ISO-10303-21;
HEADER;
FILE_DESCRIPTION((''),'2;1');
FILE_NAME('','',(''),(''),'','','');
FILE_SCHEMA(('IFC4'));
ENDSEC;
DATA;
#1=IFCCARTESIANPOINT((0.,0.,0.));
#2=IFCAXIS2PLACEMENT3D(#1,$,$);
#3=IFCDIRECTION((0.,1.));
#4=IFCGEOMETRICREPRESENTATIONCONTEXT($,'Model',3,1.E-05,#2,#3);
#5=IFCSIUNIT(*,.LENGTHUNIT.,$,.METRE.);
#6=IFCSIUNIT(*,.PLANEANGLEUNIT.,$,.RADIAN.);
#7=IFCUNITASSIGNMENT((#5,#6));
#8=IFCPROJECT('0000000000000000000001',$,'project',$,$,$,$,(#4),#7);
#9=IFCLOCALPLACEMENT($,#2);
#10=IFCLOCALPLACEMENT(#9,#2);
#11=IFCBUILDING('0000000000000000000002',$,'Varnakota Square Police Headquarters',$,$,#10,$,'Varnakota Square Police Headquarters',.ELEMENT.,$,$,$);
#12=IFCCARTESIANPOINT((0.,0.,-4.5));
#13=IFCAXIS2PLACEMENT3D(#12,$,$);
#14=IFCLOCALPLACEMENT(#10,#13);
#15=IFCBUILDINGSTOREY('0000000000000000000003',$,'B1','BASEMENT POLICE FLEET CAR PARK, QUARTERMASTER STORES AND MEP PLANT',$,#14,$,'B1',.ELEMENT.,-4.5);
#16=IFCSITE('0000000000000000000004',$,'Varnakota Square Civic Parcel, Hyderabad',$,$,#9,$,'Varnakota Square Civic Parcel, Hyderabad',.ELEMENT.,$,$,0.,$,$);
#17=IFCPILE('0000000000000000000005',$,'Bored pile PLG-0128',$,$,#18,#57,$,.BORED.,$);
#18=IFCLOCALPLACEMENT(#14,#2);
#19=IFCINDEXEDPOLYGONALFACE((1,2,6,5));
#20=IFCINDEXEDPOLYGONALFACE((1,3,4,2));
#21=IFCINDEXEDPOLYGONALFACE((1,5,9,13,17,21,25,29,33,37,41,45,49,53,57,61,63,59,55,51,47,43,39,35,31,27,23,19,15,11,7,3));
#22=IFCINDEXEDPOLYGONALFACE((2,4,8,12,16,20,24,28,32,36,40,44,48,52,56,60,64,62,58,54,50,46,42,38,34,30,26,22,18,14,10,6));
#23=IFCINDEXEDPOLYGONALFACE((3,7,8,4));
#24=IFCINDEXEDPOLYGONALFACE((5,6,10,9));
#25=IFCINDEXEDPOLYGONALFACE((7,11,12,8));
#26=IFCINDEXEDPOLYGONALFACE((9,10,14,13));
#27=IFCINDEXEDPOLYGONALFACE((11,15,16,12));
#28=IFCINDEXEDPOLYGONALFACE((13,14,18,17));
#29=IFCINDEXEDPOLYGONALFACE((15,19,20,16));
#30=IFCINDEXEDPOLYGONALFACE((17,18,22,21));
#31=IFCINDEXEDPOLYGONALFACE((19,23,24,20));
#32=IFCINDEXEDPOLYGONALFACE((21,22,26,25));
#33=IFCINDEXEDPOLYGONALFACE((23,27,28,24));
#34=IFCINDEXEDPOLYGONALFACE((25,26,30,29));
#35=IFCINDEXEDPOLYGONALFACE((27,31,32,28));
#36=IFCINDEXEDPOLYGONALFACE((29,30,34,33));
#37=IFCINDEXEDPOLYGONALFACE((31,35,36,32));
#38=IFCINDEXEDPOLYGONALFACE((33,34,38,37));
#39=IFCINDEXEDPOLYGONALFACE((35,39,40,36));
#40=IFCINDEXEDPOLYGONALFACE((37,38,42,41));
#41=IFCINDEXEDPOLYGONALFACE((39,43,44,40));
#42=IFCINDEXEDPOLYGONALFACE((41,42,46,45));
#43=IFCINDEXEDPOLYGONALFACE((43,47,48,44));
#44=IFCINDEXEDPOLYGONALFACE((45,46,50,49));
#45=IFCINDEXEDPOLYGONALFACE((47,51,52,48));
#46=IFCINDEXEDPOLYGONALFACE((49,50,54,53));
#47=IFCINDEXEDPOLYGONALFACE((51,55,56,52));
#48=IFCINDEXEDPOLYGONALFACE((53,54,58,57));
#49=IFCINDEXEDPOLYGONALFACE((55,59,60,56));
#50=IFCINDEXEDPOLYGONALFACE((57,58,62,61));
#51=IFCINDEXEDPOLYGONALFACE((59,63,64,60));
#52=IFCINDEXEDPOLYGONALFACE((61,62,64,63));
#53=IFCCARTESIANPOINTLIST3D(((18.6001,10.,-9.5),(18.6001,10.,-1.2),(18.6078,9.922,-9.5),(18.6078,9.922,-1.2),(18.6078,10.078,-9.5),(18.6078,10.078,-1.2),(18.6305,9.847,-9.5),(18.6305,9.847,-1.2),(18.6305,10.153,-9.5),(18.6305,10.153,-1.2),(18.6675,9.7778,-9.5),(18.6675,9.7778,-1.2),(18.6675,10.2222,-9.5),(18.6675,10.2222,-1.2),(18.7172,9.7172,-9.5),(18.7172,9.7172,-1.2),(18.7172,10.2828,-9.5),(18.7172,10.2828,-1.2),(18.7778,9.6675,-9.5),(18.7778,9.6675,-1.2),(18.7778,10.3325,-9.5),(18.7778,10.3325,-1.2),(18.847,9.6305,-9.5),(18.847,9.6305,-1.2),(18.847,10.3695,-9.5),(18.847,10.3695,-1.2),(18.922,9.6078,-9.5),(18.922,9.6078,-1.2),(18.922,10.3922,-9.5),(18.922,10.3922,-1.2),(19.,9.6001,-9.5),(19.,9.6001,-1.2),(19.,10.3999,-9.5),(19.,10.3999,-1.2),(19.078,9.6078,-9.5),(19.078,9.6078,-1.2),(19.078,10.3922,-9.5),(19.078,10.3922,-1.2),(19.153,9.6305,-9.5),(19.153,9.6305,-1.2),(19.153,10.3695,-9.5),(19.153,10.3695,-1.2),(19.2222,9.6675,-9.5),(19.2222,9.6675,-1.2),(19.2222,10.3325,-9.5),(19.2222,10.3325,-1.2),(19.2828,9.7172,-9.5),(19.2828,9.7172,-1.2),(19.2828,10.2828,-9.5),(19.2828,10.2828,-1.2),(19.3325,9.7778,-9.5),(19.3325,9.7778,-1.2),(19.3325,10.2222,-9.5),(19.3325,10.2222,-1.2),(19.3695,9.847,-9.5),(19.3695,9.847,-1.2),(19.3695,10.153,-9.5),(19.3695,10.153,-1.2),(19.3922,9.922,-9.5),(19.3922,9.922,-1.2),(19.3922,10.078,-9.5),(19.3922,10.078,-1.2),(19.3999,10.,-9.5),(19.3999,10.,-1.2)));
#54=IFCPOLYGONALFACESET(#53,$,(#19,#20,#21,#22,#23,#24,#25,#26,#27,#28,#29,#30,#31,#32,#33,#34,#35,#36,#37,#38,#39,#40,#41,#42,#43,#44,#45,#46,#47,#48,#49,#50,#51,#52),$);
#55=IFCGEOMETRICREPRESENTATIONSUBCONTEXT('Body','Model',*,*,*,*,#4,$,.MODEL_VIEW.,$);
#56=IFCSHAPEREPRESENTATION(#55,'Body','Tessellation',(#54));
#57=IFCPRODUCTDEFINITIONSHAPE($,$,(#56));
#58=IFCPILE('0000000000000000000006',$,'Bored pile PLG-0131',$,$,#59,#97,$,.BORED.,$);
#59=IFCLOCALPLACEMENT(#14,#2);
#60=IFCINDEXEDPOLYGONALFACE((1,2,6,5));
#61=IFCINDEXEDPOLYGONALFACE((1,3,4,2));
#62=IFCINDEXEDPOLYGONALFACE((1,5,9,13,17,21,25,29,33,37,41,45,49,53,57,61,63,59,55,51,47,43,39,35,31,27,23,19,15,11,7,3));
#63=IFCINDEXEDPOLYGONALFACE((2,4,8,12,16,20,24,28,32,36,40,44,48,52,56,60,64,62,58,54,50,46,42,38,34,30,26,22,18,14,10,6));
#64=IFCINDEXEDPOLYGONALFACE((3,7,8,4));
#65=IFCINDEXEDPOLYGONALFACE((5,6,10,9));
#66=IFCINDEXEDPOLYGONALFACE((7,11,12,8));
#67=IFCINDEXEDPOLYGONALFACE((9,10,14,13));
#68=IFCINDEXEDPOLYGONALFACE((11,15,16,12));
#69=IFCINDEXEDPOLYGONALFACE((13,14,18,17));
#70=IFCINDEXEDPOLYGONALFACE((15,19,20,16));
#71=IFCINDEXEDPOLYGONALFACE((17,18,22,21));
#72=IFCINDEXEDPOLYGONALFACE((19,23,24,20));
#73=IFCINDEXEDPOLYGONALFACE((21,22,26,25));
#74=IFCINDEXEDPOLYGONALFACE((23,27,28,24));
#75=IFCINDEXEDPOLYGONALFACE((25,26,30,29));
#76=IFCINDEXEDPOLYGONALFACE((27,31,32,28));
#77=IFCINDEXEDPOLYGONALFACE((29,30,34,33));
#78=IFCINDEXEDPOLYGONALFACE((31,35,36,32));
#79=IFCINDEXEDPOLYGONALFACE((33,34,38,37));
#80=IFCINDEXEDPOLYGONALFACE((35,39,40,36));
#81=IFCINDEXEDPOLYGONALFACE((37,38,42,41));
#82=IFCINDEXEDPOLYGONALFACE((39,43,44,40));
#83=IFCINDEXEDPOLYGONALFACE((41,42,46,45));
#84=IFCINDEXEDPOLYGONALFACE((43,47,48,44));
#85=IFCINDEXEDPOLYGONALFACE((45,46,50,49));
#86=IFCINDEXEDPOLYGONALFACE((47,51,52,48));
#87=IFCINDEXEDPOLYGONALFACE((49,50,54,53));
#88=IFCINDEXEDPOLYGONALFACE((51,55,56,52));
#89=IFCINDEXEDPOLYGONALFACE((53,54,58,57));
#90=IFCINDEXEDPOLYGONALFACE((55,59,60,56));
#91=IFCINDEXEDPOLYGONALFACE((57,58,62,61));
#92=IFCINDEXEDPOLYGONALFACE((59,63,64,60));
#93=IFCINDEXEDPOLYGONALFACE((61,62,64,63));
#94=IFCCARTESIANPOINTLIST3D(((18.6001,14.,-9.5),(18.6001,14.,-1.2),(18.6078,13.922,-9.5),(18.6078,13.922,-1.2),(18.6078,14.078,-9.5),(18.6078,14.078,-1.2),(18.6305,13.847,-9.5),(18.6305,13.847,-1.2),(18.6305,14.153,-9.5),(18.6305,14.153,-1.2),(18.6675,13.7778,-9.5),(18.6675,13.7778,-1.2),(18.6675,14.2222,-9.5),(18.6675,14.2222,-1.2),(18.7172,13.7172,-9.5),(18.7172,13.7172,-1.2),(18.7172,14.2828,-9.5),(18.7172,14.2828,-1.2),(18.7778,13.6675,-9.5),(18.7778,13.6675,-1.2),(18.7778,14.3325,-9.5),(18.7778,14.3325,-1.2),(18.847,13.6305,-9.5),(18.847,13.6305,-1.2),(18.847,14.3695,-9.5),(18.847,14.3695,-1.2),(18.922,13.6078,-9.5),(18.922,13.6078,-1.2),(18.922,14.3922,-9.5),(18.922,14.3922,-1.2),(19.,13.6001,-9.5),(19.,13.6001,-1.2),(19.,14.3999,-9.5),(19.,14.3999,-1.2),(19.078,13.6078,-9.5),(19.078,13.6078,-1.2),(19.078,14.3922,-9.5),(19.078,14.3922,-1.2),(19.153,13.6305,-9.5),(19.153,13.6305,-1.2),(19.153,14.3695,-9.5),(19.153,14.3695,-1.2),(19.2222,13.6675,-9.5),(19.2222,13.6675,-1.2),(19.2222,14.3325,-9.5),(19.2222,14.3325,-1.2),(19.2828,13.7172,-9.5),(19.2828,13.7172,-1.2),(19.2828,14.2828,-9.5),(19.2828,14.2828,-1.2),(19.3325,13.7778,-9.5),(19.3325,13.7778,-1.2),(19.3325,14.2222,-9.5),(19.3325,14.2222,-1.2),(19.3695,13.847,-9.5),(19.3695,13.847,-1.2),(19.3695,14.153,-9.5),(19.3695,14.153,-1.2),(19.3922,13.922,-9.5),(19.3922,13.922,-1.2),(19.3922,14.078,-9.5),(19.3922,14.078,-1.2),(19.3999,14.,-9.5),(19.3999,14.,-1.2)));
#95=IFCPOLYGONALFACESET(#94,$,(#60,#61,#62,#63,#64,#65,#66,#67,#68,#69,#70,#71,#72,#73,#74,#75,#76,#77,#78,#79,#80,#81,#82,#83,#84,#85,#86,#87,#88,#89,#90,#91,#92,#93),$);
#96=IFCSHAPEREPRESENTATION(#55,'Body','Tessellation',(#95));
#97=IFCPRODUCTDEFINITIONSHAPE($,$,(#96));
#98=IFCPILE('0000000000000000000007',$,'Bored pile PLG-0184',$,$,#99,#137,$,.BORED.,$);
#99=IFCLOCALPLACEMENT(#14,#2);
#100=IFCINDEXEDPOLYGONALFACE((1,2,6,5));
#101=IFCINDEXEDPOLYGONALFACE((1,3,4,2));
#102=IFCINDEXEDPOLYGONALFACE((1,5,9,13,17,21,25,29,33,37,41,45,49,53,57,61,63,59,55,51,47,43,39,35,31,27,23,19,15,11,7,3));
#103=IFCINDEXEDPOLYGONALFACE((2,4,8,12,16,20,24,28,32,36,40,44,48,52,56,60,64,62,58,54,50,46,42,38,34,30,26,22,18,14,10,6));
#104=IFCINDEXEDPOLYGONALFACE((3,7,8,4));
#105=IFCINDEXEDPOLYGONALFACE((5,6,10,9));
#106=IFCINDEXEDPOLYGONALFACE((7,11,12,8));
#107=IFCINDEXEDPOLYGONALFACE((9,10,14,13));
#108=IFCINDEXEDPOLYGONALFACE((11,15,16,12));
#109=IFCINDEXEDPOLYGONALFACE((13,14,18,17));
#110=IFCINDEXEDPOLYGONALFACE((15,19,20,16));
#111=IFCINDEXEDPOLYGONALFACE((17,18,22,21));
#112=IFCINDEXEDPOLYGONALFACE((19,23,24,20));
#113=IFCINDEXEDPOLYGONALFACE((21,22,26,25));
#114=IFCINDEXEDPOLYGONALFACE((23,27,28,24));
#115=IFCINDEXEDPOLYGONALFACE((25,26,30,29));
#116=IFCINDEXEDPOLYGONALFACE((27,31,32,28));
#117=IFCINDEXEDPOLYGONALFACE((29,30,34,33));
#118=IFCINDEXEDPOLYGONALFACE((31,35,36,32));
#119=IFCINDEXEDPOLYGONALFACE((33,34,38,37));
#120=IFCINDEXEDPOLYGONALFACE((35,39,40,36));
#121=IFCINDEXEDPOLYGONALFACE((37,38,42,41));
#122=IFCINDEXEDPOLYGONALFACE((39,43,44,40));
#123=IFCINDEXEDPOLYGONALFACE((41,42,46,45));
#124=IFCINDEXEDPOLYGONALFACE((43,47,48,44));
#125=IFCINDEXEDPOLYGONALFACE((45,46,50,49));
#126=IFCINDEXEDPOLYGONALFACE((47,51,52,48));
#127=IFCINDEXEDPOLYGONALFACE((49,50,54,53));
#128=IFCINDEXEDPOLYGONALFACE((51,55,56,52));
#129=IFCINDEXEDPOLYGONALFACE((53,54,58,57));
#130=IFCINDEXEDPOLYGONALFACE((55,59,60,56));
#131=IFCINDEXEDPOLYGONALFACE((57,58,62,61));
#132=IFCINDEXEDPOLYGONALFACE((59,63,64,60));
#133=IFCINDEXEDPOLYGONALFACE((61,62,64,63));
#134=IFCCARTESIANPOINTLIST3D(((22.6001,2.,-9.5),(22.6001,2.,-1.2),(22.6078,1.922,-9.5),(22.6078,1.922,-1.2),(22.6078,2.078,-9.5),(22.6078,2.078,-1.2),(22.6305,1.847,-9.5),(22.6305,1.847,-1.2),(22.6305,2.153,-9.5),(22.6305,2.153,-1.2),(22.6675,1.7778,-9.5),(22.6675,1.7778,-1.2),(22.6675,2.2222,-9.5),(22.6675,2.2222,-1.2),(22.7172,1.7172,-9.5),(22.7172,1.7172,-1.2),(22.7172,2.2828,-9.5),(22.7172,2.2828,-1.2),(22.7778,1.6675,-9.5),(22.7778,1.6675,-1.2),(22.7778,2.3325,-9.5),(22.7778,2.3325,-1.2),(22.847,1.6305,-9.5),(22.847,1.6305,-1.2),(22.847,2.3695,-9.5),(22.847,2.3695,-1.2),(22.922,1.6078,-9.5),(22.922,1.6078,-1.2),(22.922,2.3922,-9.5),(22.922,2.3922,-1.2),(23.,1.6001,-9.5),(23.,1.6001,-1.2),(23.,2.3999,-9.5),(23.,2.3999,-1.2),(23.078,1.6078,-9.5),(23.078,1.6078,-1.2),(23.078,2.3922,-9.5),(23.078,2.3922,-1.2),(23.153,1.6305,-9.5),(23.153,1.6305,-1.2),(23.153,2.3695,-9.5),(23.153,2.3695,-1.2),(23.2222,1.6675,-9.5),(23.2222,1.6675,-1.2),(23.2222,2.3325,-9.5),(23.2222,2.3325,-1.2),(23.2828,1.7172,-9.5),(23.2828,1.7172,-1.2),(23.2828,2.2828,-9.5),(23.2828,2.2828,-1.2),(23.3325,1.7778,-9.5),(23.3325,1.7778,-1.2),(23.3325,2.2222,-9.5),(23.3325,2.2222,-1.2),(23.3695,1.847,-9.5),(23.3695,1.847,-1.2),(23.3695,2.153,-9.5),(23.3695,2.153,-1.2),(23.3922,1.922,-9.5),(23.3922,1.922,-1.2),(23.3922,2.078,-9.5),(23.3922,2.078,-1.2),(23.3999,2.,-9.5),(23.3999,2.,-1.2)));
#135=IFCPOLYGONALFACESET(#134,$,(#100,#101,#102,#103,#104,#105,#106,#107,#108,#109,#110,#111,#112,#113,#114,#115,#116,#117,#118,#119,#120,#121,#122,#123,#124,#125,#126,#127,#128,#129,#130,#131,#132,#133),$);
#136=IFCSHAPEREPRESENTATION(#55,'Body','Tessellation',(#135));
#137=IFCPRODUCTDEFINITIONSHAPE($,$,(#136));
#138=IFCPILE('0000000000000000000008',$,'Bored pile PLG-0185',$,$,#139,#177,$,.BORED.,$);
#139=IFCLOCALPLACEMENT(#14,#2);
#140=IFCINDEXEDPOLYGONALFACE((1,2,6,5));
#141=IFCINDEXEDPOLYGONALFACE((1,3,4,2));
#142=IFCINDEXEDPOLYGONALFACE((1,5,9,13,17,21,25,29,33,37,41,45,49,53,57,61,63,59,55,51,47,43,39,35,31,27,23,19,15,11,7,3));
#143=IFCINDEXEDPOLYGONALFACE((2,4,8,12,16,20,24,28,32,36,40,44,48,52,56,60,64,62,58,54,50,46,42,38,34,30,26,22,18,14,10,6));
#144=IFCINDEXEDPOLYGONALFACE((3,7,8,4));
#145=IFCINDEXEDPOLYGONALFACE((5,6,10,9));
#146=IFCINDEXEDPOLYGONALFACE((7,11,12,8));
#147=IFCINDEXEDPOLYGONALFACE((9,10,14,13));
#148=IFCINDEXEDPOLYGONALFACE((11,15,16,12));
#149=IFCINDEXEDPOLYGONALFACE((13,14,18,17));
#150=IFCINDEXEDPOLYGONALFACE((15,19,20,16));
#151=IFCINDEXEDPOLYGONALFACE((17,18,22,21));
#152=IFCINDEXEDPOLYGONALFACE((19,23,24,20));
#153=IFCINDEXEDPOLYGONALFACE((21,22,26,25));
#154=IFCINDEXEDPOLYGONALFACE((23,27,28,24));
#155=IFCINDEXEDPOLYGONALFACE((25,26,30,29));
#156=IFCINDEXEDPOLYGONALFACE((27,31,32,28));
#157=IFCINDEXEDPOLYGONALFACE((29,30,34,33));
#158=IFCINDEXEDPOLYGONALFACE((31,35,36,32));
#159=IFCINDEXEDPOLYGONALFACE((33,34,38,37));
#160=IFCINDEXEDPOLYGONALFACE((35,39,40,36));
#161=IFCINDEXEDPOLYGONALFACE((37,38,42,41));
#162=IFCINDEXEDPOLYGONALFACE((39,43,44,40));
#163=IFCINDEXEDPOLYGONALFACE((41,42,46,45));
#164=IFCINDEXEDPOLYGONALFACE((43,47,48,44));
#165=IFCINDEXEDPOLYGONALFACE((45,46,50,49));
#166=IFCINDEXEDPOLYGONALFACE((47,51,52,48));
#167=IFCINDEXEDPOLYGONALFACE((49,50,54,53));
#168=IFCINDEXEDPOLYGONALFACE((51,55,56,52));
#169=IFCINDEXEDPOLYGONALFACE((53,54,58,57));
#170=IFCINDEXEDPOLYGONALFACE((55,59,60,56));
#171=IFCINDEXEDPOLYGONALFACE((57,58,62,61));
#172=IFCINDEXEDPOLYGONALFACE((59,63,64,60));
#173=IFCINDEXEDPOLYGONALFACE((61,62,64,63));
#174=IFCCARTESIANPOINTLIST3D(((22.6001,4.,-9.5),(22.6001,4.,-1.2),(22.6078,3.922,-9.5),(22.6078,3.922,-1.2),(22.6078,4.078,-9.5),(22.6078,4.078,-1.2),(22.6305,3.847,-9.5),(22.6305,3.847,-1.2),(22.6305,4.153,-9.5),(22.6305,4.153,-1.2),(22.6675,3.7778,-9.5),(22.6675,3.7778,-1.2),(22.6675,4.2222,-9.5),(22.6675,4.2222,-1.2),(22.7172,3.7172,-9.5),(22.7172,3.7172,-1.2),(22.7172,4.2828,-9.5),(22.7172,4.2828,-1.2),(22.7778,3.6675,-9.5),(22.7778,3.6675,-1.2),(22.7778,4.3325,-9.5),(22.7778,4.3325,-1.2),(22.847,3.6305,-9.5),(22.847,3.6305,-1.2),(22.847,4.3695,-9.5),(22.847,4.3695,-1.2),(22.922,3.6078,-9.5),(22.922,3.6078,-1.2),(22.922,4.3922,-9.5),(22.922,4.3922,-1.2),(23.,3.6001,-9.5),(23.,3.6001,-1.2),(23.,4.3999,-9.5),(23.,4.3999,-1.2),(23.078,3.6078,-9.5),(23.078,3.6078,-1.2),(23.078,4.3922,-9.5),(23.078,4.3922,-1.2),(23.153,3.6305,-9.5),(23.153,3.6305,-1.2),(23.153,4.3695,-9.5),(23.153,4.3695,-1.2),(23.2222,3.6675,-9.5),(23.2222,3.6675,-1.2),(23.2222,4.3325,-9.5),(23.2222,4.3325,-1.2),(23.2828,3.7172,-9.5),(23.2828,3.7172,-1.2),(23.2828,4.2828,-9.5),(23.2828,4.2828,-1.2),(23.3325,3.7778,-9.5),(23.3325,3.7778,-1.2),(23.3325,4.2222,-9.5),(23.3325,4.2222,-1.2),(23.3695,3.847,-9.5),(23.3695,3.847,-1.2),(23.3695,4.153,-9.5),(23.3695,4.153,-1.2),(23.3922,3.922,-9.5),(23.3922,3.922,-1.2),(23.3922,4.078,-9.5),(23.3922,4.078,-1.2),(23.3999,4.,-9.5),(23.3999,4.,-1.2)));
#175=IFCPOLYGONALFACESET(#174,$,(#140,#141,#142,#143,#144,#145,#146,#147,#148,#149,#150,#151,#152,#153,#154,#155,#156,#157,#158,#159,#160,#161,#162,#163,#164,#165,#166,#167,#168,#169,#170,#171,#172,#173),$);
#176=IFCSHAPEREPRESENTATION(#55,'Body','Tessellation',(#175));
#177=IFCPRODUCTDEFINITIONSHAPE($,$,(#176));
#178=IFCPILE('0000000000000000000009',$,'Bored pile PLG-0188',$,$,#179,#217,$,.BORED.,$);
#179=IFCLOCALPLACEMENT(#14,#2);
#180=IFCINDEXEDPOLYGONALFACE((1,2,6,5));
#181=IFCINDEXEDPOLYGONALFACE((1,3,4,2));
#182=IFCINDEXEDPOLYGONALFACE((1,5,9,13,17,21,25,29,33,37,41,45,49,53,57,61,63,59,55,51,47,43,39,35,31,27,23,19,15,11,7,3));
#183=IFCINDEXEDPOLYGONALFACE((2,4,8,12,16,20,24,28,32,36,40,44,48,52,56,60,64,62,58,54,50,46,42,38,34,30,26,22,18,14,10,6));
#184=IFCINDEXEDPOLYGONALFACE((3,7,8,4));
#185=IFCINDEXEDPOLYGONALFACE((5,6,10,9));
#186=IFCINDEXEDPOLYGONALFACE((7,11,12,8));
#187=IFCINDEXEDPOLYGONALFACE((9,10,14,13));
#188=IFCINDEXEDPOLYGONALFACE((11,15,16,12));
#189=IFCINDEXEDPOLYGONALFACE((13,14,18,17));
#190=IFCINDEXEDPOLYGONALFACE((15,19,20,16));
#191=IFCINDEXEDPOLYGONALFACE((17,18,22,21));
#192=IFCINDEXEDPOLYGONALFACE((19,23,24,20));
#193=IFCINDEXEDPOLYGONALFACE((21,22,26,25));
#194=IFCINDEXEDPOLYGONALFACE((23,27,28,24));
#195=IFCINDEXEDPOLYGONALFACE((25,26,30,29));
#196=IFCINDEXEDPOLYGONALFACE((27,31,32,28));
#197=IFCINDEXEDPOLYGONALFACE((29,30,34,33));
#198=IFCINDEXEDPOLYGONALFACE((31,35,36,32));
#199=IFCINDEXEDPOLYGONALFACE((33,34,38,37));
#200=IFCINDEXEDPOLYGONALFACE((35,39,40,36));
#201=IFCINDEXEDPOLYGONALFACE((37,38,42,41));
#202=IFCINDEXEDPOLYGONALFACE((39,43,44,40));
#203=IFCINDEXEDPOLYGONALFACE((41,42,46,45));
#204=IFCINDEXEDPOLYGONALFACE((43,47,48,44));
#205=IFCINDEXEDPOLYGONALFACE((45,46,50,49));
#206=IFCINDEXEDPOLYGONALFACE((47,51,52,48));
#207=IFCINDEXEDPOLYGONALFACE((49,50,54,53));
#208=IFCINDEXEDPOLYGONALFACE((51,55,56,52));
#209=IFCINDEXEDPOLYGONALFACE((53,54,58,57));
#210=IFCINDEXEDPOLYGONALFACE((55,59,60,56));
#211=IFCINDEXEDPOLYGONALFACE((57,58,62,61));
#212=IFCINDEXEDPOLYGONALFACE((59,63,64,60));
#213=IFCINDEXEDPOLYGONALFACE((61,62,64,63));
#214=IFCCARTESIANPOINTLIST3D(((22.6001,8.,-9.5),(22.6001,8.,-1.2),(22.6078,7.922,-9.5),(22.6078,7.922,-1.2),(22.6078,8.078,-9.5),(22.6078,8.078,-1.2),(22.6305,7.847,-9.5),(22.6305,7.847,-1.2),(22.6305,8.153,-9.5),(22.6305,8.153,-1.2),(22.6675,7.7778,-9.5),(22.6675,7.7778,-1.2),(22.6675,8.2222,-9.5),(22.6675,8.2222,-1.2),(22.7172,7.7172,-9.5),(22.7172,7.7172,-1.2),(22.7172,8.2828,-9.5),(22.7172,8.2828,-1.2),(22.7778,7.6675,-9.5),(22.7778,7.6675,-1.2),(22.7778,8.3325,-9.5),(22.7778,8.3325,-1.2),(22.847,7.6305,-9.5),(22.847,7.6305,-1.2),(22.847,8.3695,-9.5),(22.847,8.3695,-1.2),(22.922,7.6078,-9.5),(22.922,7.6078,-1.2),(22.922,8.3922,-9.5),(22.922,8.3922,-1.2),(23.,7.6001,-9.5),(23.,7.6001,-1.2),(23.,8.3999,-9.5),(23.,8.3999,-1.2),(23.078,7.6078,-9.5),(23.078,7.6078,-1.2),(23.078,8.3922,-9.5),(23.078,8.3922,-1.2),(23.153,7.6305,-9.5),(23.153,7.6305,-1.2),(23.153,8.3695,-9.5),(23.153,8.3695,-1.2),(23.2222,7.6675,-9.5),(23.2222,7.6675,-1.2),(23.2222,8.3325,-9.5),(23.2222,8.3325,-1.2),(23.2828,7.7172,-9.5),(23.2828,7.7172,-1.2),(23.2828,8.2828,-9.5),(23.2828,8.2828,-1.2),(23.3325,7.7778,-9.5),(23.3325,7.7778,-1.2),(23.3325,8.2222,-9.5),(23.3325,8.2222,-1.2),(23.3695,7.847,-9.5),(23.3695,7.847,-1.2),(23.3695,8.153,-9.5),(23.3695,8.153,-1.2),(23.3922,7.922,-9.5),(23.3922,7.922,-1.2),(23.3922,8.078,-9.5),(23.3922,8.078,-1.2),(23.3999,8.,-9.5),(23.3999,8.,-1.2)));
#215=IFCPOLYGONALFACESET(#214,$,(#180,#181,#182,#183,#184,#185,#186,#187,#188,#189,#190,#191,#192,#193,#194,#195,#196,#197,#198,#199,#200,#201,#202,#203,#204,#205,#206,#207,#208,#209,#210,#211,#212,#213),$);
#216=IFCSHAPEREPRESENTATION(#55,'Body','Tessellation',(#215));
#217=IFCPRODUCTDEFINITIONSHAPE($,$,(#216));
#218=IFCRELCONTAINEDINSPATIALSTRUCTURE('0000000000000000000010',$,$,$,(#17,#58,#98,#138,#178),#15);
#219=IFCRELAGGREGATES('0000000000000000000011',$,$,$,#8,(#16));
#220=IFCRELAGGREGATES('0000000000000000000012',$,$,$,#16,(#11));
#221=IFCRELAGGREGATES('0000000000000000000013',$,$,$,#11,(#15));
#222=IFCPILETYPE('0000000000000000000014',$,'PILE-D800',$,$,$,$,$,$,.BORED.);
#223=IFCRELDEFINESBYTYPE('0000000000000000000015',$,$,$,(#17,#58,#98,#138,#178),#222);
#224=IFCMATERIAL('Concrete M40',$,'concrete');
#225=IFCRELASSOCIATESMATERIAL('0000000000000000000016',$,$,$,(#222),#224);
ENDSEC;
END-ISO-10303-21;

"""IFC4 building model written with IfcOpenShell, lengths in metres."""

from ifc_helpers import new_model, si_unit, direction, frame, origin, origin_2d, place, context, subcontext, project, spatial, circle, extrude, material, material_profile, profile_set, type_object, element, save


model = new_model("IFC4")

# Units and contexts
model_context = context("Model", 3, precision=1e-05, world=origin(), true_north=direction((0.0, 1.0)))
body_context = subcontext(model_context, "Body", "Model", "MODEL_VIEW")
ifc_project = project(units=[si_unit("LENGTHUNIT", "METRE"), si_unit("PLANEANGLEUNIT", "RADIAN")], contexts=[model_context])

# Site, building, storey
site_placement = place(None, origin())
site = spatial("IfcSite", under=ifc_project, at=site_placement, Name="Varnakota Square Civic Parcel, Hyderabad", LongName="Varnakota Square Civic Parcel, Hyderabad", CompositionType="ELEMENT", RefElevation=0.0)
building_placement = place(site_placement, origin())
building = spatial("IfcBuilding", under=site, at=building_placement, Name="Varnakota Square Police Headquarters", LongName="Varnakota Square Police Headquarters", CompositionType="ELEMENT")
storey_placement = place(building_placement, frame((0.0, 0.0, -4.5)))
storey = spatial("IfcBuildingStorey", under=building, at=storey_placement, Name="B1", Description="BASEMENT POLICE FLEET CAR PARK, QUARTERMASTER STORES AND MEP PLANT", LongName="B1", CompositionType="ELEMENT", Elevation=-4.5)

# Shared definitions
ifc_material_1 = material(Name="Concrete M40", Category="concrete")

# Piles
ifc_material_profile_1 = material_profile(ifc_material_1, circle(Radius=0.3999, at=origin_2d()), Name="BORED PILE 800")
ifc_profile_set_1 = profile_set([ifc_material_profile_1], Name="Concrete M40")
pile_type = type_object("IfcPileType", Name="PILE-D800", PredefinedType="BORED", material=ifc_profile_set_1)
for number, where, z_axis, x_axis, name in (
    (1, (19.0, 10.0, -1.2), (0.0, 0.0, -1.0), (1.0, 0.0, 0.0), "Bored pile PLG-0128"),
    (2, (19.0, 14.0, -1.2), (0.0, 0.0, -1.0), (1.0, 0.0, 0.0), "Bored pile PLG-0131"),
    (3, (23.0, 2.0, -1.2), (0.0, 0.0, -1.0), (1.0, 0.0, 0.0), "Bored pile PLG-0184"),
    (4, (23.0, 4.0, -1.2), (0.0, 0.0, -1.0), (1.0, 0.0, 0.0), "Bored pile PLG-0185"),
    (5, (23.0, 8.0, -1.2), (0.0, 0.0, -1.0), (1.0, 0.0, 0.0), "Bored pile PLG-0188"),
):
    element("IfcPile", number, at=place(storey_placement, frame(where, z_axis=z_axis, x_axis=x_axis)), inside=storey, type_object=pile_type, Name=name, PredefinedType="BORED", context=body_context, shape_type="SweptSolid", body=[
        extrude(circle(Radius=0.3999, at=origin_2d()), origin(), (0.0, 0.0, 1.0), 8.3),
    ])

save(model, "model.ifc")
